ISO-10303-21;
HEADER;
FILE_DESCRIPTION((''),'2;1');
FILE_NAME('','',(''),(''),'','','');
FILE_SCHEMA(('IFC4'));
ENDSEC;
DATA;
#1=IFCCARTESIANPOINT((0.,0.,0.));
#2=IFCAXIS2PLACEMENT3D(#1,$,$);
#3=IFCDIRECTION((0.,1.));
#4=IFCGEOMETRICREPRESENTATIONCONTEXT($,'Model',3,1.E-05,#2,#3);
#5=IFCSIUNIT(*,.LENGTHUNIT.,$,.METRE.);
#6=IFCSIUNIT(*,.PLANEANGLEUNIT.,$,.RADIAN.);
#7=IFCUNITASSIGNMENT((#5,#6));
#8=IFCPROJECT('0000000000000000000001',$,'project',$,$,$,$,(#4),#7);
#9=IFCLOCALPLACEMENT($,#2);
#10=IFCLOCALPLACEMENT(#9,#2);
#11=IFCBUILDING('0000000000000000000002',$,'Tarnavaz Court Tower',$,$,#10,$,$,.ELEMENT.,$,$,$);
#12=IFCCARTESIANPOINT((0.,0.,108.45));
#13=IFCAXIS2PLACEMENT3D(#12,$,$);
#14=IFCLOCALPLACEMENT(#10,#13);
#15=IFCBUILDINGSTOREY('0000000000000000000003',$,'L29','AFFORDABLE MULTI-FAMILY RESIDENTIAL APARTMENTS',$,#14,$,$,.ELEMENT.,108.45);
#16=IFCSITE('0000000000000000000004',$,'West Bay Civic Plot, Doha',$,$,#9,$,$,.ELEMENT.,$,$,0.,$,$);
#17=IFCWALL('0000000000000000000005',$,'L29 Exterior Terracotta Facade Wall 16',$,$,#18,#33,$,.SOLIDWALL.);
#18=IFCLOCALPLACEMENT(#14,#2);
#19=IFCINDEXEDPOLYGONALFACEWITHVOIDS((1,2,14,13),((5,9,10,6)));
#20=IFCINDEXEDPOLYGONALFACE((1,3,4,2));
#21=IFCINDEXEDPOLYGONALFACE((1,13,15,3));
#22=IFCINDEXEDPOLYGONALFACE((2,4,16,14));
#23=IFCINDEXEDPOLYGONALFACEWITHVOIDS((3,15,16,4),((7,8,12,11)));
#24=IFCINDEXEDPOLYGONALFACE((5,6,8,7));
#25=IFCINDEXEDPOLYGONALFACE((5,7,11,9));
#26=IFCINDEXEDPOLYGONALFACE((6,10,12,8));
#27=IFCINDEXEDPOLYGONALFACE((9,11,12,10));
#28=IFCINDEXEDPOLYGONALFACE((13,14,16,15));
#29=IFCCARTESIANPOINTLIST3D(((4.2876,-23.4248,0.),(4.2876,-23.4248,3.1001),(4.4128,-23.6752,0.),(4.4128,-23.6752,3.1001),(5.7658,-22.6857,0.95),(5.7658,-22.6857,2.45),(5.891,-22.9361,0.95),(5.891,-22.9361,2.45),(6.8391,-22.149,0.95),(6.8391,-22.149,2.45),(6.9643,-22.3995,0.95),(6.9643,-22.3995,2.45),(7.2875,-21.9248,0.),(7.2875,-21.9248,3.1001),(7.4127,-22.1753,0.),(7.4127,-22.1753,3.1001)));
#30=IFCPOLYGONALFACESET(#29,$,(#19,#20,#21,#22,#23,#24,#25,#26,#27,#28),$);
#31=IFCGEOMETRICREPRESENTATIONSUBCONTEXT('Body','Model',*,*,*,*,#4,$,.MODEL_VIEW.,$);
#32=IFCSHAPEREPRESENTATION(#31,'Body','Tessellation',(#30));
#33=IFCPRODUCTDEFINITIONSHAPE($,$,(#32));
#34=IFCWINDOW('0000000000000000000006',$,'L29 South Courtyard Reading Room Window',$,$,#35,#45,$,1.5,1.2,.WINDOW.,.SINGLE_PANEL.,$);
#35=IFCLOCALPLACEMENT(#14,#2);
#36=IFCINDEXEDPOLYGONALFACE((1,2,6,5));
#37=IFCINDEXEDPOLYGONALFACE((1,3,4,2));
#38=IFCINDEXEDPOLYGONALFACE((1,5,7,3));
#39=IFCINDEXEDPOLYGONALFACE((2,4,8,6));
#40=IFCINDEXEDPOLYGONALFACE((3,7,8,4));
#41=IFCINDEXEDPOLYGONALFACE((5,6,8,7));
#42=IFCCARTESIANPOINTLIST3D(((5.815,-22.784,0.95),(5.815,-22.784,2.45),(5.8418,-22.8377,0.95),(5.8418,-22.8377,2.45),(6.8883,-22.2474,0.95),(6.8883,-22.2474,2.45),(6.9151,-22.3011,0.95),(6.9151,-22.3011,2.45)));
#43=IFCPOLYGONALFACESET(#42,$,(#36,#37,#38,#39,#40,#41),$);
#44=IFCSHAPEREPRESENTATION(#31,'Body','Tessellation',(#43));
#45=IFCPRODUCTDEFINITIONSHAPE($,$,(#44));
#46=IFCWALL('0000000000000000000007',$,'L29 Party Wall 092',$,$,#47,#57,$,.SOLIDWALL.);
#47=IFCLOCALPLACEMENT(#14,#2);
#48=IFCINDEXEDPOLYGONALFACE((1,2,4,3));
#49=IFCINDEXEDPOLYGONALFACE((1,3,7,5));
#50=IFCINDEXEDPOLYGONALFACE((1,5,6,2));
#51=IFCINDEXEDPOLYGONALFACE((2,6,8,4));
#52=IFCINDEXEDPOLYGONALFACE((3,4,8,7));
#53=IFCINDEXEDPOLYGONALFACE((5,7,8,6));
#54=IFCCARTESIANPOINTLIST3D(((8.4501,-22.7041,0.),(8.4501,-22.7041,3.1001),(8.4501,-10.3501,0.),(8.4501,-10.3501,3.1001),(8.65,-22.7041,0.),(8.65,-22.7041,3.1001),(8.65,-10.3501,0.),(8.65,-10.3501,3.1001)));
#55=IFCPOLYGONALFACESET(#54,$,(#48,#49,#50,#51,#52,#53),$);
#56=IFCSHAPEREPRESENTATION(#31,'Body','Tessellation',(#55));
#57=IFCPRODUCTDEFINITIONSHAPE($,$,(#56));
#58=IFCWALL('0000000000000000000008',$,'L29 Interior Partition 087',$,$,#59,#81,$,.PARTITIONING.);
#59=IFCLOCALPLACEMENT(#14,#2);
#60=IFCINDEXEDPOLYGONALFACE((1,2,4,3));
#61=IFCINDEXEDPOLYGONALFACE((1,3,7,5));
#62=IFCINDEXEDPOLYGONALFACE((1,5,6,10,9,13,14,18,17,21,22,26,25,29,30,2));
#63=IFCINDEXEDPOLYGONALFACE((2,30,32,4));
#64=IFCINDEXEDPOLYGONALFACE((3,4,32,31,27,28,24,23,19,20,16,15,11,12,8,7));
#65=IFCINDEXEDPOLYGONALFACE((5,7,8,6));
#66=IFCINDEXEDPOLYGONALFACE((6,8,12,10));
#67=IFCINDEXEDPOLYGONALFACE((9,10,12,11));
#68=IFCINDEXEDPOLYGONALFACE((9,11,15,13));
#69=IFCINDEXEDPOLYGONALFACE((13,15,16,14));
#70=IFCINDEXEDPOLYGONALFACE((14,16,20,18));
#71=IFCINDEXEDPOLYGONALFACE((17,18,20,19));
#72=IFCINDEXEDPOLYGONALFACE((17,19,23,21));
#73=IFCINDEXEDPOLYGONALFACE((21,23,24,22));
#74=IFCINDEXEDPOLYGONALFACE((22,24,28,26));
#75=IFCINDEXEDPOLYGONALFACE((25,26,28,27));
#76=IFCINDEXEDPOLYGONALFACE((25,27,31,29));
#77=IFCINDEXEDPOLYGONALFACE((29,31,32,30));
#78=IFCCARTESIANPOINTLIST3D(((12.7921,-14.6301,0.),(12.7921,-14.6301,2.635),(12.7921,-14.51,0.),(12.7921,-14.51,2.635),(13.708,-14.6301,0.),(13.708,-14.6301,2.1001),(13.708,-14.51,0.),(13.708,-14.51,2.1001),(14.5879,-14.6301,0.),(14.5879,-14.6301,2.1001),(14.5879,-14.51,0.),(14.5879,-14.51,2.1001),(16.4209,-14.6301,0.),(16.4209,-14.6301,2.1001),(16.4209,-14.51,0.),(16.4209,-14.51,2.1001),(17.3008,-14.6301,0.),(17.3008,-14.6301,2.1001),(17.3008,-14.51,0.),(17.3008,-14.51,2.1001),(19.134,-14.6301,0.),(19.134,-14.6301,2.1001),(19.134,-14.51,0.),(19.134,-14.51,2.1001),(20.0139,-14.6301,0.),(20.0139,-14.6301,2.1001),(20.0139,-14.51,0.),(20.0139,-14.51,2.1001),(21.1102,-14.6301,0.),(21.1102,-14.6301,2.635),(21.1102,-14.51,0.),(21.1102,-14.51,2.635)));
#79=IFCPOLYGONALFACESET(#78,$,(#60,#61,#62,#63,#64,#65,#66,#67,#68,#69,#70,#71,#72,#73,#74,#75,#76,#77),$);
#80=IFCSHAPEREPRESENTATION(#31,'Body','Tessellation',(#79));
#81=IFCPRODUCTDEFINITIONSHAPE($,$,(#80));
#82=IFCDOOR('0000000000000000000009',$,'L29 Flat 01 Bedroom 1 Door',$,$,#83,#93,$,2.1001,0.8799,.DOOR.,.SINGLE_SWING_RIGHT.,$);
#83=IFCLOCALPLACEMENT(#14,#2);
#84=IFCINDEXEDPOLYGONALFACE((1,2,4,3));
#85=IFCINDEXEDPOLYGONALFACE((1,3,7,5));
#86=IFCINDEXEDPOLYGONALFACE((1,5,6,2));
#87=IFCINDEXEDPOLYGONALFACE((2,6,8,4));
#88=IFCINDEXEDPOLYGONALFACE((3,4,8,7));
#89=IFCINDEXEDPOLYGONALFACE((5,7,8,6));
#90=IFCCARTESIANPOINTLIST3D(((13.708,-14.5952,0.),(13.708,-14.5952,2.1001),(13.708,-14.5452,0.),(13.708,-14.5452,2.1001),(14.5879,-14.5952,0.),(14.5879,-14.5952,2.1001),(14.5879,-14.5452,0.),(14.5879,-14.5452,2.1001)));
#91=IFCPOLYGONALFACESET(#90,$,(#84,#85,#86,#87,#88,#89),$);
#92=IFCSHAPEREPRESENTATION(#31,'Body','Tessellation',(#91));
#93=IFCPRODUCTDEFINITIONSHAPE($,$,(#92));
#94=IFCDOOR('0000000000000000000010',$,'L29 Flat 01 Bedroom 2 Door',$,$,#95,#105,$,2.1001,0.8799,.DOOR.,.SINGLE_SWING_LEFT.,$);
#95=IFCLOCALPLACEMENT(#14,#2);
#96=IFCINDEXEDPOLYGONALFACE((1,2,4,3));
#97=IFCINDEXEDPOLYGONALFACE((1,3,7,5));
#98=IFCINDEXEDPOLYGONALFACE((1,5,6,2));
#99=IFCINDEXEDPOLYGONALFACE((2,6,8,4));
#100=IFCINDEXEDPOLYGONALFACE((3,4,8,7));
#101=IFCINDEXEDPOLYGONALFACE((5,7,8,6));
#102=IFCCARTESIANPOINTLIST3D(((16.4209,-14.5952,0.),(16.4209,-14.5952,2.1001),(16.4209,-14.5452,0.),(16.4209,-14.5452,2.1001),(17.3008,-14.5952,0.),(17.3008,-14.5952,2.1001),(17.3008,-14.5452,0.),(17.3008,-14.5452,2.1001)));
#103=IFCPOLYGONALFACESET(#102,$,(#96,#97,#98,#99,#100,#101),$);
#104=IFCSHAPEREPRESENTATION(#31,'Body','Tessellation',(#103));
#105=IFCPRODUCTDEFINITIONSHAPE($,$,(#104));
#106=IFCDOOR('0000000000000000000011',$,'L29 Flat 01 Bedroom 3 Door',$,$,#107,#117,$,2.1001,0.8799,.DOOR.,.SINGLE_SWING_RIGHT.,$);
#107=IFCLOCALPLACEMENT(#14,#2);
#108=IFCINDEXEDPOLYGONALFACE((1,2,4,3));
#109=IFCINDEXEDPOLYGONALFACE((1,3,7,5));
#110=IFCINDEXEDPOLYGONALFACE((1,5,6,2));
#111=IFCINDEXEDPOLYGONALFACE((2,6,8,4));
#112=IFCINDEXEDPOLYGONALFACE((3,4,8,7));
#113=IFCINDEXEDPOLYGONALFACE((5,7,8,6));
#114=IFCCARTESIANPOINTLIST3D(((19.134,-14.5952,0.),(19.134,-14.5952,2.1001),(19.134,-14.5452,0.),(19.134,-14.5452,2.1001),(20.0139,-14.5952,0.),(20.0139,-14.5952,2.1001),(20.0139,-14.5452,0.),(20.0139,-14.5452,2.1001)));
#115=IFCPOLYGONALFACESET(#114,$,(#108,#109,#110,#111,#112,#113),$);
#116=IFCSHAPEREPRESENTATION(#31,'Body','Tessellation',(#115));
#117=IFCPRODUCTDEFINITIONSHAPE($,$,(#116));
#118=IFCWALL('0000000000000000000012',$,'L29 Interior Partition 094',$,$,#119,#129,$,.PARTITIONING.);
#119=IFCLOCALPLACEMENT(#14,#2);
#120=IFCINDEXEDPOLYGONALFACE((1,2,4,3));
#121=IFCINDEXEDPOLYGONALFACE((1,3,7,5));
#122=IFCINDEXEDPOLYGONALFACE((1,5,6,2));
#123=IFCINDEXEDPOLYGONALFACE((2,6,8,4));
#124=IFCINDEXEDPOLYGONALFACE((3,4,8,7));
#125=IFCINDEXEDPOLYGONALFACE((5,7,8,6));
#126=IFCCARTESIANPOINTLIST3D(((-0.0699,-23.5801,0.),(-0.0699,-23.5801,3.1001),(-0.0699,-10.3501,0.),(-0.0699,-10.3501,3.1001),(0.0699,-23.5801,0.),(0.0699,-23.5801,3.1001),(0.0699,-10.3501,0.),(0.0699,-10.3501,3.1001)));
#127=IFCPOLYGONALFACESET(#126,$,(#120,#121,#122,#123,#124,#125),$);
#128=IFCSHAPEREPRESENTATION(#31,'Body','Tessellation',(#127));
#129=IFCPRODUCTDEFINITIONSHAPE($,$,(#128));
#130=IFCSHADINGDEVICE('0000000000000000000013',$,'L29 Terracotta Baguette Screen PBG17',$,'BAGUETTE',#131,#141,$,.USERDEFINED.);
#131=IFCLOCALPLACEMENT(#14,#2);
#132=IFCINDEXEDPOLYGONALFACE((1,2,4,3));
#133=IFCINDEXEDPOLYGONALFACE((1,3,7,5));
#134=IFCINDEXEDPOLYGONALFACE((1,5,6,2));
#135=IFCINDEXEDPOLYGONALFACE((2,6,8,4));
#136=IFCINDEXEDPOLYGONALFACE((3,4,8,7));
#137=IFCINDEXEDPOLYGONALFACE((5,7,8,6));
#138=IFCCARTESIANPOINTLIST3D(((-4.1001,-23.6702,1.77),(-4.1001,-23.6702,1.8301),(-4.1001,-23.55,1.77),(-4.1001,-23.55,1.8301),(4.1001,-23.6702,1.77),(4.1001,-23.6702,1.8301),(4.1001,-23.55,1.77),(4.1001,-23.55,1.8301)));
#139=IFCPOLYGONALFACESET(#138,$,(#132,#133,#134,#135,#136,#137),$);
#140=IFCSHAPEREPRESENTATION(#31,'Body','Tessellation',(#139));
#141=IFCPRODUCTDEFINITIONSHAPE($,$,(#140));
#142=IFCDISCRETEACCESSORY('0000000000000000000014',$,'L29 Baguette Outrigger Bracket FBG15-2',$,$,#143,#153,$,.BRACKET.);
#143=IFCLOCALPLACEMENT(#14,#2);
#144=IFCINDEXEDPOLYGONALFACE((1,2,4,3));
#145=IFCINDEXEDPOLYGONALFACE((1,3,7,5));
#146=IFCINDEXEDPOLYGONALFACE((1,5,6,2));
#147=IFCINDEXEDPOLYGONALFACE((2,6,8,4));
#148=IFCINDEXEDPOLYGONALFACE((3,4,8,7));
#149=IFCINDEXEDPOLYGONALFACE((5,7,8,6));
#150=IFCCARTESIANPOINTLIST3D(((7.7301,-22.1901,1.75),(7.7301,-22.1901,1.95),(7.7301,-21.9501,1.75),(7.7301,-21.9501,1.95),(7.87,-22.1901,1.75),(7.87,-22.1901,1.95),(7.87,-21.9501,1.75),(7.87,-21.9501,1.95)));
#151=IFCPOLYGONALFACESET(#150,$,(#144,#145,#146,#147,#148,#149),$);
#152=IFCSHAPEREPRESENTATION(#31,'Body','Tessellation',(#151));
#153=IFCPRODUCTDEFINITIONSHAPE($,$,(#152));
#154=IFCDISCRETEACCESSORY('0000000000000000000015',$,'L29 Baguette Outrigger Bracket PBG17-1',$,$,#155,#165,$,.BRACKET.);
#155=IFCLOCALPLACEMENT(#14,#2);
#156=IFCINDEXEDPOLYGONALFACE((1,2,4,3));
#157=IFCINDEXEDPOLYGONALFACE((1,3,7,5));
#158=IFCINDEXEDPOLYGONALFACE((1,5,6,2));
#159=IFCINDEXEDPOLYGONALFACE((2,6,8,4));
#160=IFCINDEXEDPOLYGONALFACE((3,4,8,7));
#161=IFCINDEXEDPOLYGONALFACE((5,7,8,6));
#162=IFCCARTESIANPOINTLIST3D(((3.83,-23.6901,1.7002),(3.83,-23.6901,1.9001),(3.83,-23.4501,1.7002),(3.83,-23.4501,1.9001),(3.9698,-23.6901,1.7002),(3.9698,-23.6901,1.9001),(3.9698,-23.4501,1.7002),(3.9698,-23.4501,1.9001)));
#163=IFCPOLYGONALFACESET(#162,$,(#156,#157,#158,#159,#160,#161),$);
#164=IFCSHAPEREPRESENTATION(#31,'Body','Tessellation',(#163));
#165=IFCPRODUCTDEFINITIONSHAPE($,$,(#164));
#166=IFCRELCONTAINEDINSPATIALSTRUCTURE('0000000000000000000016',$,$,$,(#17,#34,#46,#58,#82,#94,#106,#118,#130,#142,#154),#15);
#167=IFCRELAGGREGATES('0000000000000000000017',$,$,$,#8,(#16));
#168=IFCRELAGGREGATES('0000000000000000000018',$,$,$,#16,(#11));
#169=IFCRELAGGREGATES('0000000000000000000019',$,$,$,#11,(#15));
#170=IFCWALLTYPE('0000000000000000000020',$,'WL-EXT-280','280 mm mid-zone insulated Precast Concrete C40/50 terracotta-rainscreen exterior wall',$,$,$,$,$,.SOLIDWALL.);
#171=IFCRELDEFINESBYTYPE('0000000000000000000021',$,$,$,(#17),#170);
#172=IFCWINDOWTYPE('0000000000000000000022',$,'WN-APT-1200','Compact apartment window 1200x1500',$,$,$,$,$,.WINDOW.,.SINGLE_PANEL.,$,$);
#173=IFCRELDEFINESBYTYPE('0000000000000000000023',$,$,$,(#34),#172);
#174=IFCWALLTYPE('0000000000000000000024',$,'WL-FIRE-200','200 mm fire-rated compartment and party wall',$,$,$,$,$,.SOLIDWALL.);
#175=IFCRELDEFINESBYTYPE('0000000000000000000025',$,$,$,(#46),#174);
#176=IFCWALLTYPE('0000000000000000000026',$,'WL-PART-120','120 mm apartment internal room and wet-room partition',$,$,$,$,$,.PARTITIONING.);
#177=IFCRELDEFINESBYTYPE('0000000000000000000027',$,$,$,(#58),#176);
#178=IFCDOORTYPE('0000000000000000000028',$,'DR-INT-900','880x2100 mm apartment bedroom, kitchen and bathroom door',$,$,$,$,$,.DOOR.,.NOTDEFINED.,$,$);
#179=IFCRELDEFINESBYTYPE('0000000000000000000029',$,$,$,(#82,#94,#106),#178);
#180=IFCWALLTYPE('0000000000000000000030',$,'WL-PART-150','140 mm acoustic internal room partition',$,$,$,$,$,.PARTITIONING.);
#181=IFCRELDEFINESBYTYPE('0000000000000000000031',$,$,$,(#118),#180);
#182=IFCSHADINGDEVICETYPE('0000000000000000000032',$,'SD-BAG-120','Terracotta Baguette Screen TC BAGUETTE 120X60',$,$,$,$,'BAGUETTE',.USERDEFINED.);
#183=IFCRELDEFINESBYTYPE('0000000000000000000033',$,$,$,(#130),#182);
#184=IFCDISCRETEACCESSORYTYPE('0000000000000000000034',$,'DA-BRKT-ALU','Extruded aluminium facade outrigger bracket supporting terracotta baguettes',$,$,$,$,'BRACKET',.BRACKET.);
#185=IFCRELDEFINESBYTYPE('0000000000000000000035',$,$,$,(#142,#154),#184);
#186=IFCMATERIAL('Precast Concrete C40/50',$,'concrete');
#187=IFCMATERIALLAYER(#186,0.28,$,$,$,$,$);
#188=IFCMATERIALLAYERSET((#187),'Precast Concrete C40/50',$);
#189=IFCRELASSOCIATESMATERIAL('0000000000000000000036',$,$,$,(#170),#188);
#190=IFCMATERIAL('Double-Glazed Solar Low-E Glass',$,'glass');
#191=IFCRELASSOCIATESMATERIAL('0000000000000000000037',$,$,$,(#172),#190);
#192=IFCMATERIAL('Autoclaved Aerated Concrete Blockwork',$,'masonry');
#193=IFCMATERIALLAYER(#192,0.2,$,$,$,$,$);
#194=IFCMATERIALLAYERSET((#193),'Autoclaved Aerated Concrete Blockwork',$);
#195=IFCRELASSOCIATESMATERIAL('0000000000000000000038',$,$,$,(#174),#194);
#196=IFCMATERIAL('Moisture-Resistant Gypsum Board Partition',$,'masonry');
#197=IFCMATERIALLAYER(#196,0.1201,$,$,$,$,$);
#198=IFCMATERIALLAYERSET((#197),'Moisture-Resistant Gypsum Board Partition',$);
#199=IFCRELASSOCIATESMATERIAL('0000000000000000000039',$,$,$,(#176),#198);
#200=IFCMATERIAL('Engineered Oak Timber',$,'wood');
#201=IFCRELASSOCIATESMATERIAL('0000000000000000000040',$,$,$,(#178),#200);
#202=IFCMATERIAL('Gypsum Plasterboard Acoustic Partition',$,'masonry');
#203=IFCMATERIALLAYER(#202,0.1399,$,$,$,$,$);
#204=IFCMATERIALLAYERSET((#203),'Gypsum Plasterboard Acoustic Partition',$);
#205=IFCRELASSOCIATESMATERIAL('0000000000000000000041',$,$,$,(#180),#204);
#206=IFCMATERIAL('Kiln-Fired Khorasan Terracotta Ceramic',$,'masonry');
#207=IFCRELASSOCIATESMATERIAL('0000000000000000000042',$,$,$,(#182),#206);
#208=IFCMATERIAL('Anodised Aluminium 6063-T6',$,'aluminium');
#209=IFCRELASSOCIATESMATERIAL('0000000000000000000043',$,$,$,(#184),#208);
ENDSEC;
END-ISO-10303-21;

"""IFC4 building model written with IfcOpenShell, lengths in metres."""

from ifc_helpers import new_model, si_unit, direction, frame, frame_2d, origin, origin_2d, place, context, subcontext, project, spatial, rectangle, extrude, material, layer, layer_set, material_profile, profile_set, type_object, element, fill, save


model = new_model("IFC4")

# Units and contexts
model_context = context("Model", 3, precision=1e-05, world=origin(), true_north=direction((0.0, 1.0)))
body_context = subcontext(model_context, "Body", "Model", "MODEL_VIEW")
ifc_project = project(units=[si_unit("LENGTHUNIT", "METRE"), si_unit("PLANEANGLEUNIT", "RADIAN")], contexts=[model_context])

# Site, building, storey
site_placement = place(None, origin())
site = spatial("IfcSite", under=ifc_project, at=site_placement, Name="West Bay Civic Plot, Doha", CompositionType="ELEMENT", RefElevation=0.0)
building_placement = place(site_placement, origin())
building = spatial("IfcBuilding", under=site, at=building_placement, Name="Tarnavaz Court Tower", CompositionType="ELEMENT")
storey_placement = place(building_placement, frame((0.0, 0.0, 108.45)))
storey = spatial("IfcBuildingStorey", under=building, at=storey_placement, Name="L29", Description="AFFORDABLE MULTI-FAMILY RESIDENTIAL APARTMENTS", CompositionType="ELEMENT", Elevation=108.45)

# Shared definitions
ifc_material_1 = material(Name="Anodised Aluminium 6063-T6", Category="aluminium")
ifc_material_2 = material(Name="Double-Glazed Solar Low-E Glass", Category="glass")

# Wall, opening, window
ifc_material_3 = material(Name="Precast Concrete C40/50", Category="concrete")
ifc_layer_1 = layer(ifc_material_3, 0.28)
ifc_layer_set_1 = layer_set([ifc_layer_1], Name="Precast Concrete C40/50")
wall_type_1 = type_object("IfcWallType", Name="WL-EXT-280", Description="280 mm mid-zone insulated Precast Concrete C40/50 terracotta-rainscreen exterior wall", PredefinedType="SOLIDWALL", material=ifc_layer_set_1)
wall_1_placement = place(storey_placement, frame((7.3501, -22.05, 0.0), z_axis=(0.0, 0.0, 1.0), x_axis=(-0.894427, -0.447214, 0.0)))
wall_1 = element("IfcWall", 1, at=wall_1_placement, inside=storey, type_object=wall_type_1, Name="L29 Exterior Terracotta Facade Wall 16", PredefinedType="SOLIDWALL", context=body_context, shape_type="SweptSolid", body=[
    extrude(rectangle(XDim=3.354, YDim=0.28, at=frame_2d((1.677, 0.0))), origin(), (0.0, 0.0, 1.0), 3.1001),
])
opening_1_placement = place(wall_1_placement, frame((0.5012, 0.0, 0.95)))
opening_1 = element("IfcOpeningElement", 2, at=opening_1_placement, cuts=wall_1, PredefinedType="OPENING", context=body_context, shape_type="SweptSolid", body=[
    extrude(rectangle(XDim=1.2, YDim=1.5, at=frame_2d((0.6001, 0.75))), frame((0.0, 0.1499, 0.0), z_axis=(0.0, -1.0, 0.0), x_axis=(1.0, 0.0, 0.0)), (0.0, 0.0, 1.0), 0.3),
])
window_type = type_object("IfcWindowType", Name="WN-APT-1200", Description="Compact apartment window 1200x1500", PartitioningType="SINGLE_PANEL", PredefinedType="WINDOW", material=ifc_material_2)
window_placement = place(opening_1_placement, origin())
window = element("IfcWindow", 3, at=window_placement, inside=storey, type_object=window_type, Name="L29 South Courtyard Reading Room Window", OverallHeight=1.5, OverallWidth=1.2, PartitioningType="SINGLE_PANEL", PredefinedType="WINDOW", context=body_context, shape_type="SweptSolid", body=[
    extrude(rectangle(XDim=1.2, YDim=1.5, at=frame_2d((0.6001, 0.75))), frame((0.0, 0.03, 0.0), z_axis=(0.0, -1.0, 0.0), x_axis=(1.0, 0.0, 0.0)), (0.0, 0.0, 1.0), 0.0601),
])
fill(opening_1, window)

# Wall
ifc_material_4 = material(Name="Autoclaved Aerated Concrete Blockwork", Category="masonry")
ifc_layer_2 = layer(ifc_material_4, 0.2)
ifc_layer_set_2 = layer_set([ifc_layer_2], Name="Autoclaved Aerated Concrete Blockwork")
wall_type_2 = type_object("IfcWallType", Name="WL-FIRE-200", Description="200 mm fire-rated compartment and party wall", PredefinedType="SOLIDWALL", material=ifc_layer_set_2)
wall_2_placement = place(storey_placement, frame((8.55, -22.7041, 0.0), z_axis=(0.0, 0.0, 1.0), x_axis=(0.0, 1.0, 0.0)))
element("IfcWall", 4, at=wall_2_placement, inside=storey, type_object=wall_type_2, Name="L29 Party Wall 092", PredefinedType="SOLIDWALL", context=body_context, shape_type="SweptSolid", body=[
    extrude(rectangle(XDim=12.354, YDim=0.2, at=frame_2d((6.177, 0.0))), origin(), (0.0, 0.0, 1.0), 3.1001),
])

# Wall, openings, doors
ifc_material_5 = material(Name="Moisture-Resistant Gypsum Board Partition", Category="masonry")
ifc_layer_3 = layer(ifc_material_5, 0.1201)
ifc_layer_set_3 = layer_set([ifc_layer_3], Name="Moisture-Resistant Gypsum Board Partition")
wall_type_3 = type_object("IfcWallType", Name="WL-PART-120", Description="120 mm apartment internal room and wet-room partition", PredefinedType="PARTITIONING", material=ifc_layer_set_3)
wall_3_placement = place(storey_placement, frame((12.792, -14.5701, 0.0), z_axis=(0.0, 0.0, 1.0), x_axis=(1.0, 0.0, 0.0)))
wall_3 = element("IfcWall", 5, at=wall_3_placement, inside=storey, type_object=wall_type_3, Name="L29 Interior Partition 087", PredefinedType="PARTITIONING", context=body_context, shape_type="SweptSolid", body=[
    extrude(rectangle(XDim=8.3181, YDim=0.1201, at=frame_2d((4.1592, 0.0))), origin(), (0.0, 0.0, 1.0), 2.635),
])
opening_2_placement = place(wall_3_placement, frame((0.916, 0.0, 0.0)))
opening_2 = element("IfcOpeningElement", 6, at=opening_2_placement, cuts=wall_3, PredefinedType="OPENING", context=body_context, shape_type="SweptSolid", body=[
    extrude(rectangle(XDim=0.8799, YDim=2.1001, at=frame_2d((0.4399, 1.05))), frame((0.0, 0.0701, 0.0), z_axis=(0.0, -1.0, 0.0), x_axis=(1.0, 0.0, 0.0)), (0.0, 0.0, 1.0), 0.1401),
])
opening_3_placement = place(wall_3_placement, frame((3.6289, 0.0, 0.0)))
opening_3 = element("IfcOpeningElement", 7, at=opening_3_placement, cuts=wall_3, PredefinedType="OPENING", context=body_context, shape_type="SweptSolid", body=[
    extrude(rectangle(XDim=0.8799, YDim=2.1001, at=frame_2d((0.4399, 1.05))), frame((0.0, 0.0701, 0.0), z_axis=(0.0, -1.0, 0.0), x_axis=(1.0, 0.0, 0.0)), (0.0, 0.0, 1.0), 0.1401),
])
opening_4_placement = place(wall_3_placement, frame((6.342, 0.0, 0.0)))
opening_4 = element("IfcOpeningElement", 8, at=opening_4_placement, cuts=wall_3, PredefinedType="OPENING", context=body_context, shape_type="SweptSolid", body=[
    extrude(rectangle(XDim=0.8799, YDim=2.1001, at=frame_2d((0.4399, 1.05))), frame((0.0, 0.0701, 0.0), z_axis=(0.0, -1.0, 0.0), x_axis=(1.0, 0.0, 0.0)), (0.0, 0.0, 1.0), 0.1401),
])
ifc_material_6 = material(Name="Engineered Oak Timber", Category="wood")
door_type = type_object("IfcDoorType", Name="DR-INT-900", Description="880x2100 mm apartment bedroom, kitchen and bathroom door", OperationType="NOTDEFINED", PredefinedType="DOOR", material=ifc_material_6)
door_1_placement = place(opening_2_placement, origin())
door_1 = element("IfcDoor", 9, at=door_1_placement, inside=storey, type_object=door_type, Name="L29 Flat 01 Bedroom 1 Door", OperationType="SINGLE_SWING_RIGHT", OverallHeight=2.1001, OverallWidth=0.8799, PredefinedType="DOOR", context=body_context, shape_type="SweptSolid", body=[
    extrude(rectangle(XDim=0.8799, YDim=2.1001, at=frame_2d((0.4399, 1.05))), frame((0.0, 0.0249, 0.0), z_axis=(0.0, -1.0, 0.0), x_axis=(1.0, 0.0, 0.0)), (0.0, 0.0, 1.0), 0.05),
])
fill(opening_2, door_1)
door_2_placement = place(opening_3_placement, origin())
door_2 = element("IfcDoor", 10, at=door_2_placement, inside=storey, type_object=door_type, Name="L29 Flat 01 Bedroom 2 Door", OperationType="SINGLE_SWING_LEFT", OverallHeight=2.1001, OverallWidth=0.8799, PredefinedType="DOOR", context=body_context, shape_type="SweptSolid", body=[
    extrude(rectangle(XDim=0.8799, YDim=2.1001, at=frame_2d((0.4399, 1.05))), frame((0.0, 0.0249, 0.0), z_axis=(0.0, -1.0, 0.0), x_axis=(1.0, 0.0, 0.0)), (0.0, 0.0, 1.0), 0.05),
])
fill(opening_3, door_2)
door_3_placement = place(opening_4_placement, origin())
door_3 = element("IfcDoor", 11, at=door_3_placement, inside=storey, type_object=door_type, Name="L29 Flat 01 Bedroom 3 Door", OperationType="SINGLE_SWING_RIGHT", OverallHeight=2.1001, OverallWidth=0.8799, PredefinedType="DOOR", context=body_context, shape_type="SweptSolid", body=[
    extrude(rectangle(XDim=0.8799, YDim=2.1001, at=frame_2d((0.4399, 1.05))), frame((0.0, 0.0249, 0.0), z_axis=(0.0, -1.0, 0.0), x_axis=(1.0, 0.0, 0.0)), (0.0, 0.0, 1.0), 0.05),
])
fill(opening_4, door_3)

# Wall
ifc_material_7 = material(Name="Gypsum Plasterboard Acoustic Partition", Category="masonry")
ifc_layer_4 = layer(ifc_material_7, 0.1399)
ifc_layer_set_4 = layer_set([ifc_layer_4], Name="Gypsum Plasterboard Acoustic Partition")
wall_type_4 = type_object("IfcWallType", Name="WL-PART-150", Description="140 mm acoustic internal room partition", PredefinedType="PARTITIONING", material=ifc_layer_set_4)
wall_4_placement = place(storey_placement, frame((0.0, -23.5801, 0.0), z_axis=(0.0, 0.0, 1.0), x_axis=(0.0, 1.0, 0.0)))
element("IfcWall", 12, at=wall_4_placement, inside=storey, type_object=wall_type_4, Name="L29 Interior Partition 094", PredefinedType="PARTITIONING", context=body_context, shape_type="SweptSolid", body=[
    extrude(rectangle(XDim=13.23, YDim=0.1399, at=frame_2d((6.615, 0.0))), origin(), (0.0, 0.0, 1.0), 3.1001),
])

# Shading device
ifc_material_8 = material(Name="Kiln-Fired Khorasan Terracotta Ceramic", Category="masonry")
ifc_material_profile_1 = material_profile(ifc_material_8, rectangle(XDim=0.1201, YDim=0.0601, at=origin_2d()), Name="TC BAGUETTE 120X60")
ifc_profile_set_1 = profile_set([ifc_material_profile_1], Name="Kiln-Fired Khorasan Terracotta Ceramic")
shading_device_type = type_object("IfcShadingDeviceType", Name="SD-BAG-120", Description="Terracotta Baguette Screen TC BAGUETTE 120X60", ElementType="BAGUETTE", PredefinedType="USERDEFINED", material=ifc_profile_set_1)
shading_device_placement = place(storey_placement, frame((4.1001, -23.6101, 1.8), z_axis=(-1.0, 0.0, 0.0), x_axis=(0.0, -1.0, 0.0)))
element("IfcShadingDevice", 13, at=shading_device_placement, inside=storey, type_object=shading_device_type, Name="L29 Terracotta Baguette Screen PBG17", ObjectType="BAGUETTE", PredefinedType="USERDEFINED", context=body_context, shape_type="SweptSolid", body=[
    extrude(rectangle(XDim=0.1201, YDim=0.0601, at=origin_2d()), origin(), (0.0, 0.0, 1.0), 8.2002),
])

# Discrete accessories
discrete_accessory_type = type_object("IfcDiscreteAccessoryType", Name="DA-BRKT-ALU", Description="Extruded aluminium facade outrigger bracket supporting terracotta baguettes", ElementType="BRACKET", PredefinedType="BRACKET", material=ifc_material_1)
for number, where, z_axis, x_axis, name in (
    (14, (7.8, -22.0701, 1.75), (0.0, 0.0, 1.0), (-1.0, 0.0, 0.0), "L29 Baguette Outrigger Bracket FBG15-2"),
    (15, (3.8999, -23.5701, 1.7002), (0.0, 0.0, 1.0), (-1.0, 0.0, 0.0), "L29 Baguette Outrigger Bracket PBG17-1"),
):
    element("IfcDiscreteAccessory", number, at=place(storey_placement, frame(where, z_axis=z_axis, x_axis=x_axis)), inside=storey, type_object=discrete_accessory_type, Name=name, PredefinedType="BRACKET", context=body_context, shape_type="SweptSolid", body=[
        extrude(rectangle(XDim=0.1399, YDim=0.24, at=origin_2d()), origin(), (0.0, 0.0, 1.0), 0.2),
    ])

save(model, "model.ifc")
